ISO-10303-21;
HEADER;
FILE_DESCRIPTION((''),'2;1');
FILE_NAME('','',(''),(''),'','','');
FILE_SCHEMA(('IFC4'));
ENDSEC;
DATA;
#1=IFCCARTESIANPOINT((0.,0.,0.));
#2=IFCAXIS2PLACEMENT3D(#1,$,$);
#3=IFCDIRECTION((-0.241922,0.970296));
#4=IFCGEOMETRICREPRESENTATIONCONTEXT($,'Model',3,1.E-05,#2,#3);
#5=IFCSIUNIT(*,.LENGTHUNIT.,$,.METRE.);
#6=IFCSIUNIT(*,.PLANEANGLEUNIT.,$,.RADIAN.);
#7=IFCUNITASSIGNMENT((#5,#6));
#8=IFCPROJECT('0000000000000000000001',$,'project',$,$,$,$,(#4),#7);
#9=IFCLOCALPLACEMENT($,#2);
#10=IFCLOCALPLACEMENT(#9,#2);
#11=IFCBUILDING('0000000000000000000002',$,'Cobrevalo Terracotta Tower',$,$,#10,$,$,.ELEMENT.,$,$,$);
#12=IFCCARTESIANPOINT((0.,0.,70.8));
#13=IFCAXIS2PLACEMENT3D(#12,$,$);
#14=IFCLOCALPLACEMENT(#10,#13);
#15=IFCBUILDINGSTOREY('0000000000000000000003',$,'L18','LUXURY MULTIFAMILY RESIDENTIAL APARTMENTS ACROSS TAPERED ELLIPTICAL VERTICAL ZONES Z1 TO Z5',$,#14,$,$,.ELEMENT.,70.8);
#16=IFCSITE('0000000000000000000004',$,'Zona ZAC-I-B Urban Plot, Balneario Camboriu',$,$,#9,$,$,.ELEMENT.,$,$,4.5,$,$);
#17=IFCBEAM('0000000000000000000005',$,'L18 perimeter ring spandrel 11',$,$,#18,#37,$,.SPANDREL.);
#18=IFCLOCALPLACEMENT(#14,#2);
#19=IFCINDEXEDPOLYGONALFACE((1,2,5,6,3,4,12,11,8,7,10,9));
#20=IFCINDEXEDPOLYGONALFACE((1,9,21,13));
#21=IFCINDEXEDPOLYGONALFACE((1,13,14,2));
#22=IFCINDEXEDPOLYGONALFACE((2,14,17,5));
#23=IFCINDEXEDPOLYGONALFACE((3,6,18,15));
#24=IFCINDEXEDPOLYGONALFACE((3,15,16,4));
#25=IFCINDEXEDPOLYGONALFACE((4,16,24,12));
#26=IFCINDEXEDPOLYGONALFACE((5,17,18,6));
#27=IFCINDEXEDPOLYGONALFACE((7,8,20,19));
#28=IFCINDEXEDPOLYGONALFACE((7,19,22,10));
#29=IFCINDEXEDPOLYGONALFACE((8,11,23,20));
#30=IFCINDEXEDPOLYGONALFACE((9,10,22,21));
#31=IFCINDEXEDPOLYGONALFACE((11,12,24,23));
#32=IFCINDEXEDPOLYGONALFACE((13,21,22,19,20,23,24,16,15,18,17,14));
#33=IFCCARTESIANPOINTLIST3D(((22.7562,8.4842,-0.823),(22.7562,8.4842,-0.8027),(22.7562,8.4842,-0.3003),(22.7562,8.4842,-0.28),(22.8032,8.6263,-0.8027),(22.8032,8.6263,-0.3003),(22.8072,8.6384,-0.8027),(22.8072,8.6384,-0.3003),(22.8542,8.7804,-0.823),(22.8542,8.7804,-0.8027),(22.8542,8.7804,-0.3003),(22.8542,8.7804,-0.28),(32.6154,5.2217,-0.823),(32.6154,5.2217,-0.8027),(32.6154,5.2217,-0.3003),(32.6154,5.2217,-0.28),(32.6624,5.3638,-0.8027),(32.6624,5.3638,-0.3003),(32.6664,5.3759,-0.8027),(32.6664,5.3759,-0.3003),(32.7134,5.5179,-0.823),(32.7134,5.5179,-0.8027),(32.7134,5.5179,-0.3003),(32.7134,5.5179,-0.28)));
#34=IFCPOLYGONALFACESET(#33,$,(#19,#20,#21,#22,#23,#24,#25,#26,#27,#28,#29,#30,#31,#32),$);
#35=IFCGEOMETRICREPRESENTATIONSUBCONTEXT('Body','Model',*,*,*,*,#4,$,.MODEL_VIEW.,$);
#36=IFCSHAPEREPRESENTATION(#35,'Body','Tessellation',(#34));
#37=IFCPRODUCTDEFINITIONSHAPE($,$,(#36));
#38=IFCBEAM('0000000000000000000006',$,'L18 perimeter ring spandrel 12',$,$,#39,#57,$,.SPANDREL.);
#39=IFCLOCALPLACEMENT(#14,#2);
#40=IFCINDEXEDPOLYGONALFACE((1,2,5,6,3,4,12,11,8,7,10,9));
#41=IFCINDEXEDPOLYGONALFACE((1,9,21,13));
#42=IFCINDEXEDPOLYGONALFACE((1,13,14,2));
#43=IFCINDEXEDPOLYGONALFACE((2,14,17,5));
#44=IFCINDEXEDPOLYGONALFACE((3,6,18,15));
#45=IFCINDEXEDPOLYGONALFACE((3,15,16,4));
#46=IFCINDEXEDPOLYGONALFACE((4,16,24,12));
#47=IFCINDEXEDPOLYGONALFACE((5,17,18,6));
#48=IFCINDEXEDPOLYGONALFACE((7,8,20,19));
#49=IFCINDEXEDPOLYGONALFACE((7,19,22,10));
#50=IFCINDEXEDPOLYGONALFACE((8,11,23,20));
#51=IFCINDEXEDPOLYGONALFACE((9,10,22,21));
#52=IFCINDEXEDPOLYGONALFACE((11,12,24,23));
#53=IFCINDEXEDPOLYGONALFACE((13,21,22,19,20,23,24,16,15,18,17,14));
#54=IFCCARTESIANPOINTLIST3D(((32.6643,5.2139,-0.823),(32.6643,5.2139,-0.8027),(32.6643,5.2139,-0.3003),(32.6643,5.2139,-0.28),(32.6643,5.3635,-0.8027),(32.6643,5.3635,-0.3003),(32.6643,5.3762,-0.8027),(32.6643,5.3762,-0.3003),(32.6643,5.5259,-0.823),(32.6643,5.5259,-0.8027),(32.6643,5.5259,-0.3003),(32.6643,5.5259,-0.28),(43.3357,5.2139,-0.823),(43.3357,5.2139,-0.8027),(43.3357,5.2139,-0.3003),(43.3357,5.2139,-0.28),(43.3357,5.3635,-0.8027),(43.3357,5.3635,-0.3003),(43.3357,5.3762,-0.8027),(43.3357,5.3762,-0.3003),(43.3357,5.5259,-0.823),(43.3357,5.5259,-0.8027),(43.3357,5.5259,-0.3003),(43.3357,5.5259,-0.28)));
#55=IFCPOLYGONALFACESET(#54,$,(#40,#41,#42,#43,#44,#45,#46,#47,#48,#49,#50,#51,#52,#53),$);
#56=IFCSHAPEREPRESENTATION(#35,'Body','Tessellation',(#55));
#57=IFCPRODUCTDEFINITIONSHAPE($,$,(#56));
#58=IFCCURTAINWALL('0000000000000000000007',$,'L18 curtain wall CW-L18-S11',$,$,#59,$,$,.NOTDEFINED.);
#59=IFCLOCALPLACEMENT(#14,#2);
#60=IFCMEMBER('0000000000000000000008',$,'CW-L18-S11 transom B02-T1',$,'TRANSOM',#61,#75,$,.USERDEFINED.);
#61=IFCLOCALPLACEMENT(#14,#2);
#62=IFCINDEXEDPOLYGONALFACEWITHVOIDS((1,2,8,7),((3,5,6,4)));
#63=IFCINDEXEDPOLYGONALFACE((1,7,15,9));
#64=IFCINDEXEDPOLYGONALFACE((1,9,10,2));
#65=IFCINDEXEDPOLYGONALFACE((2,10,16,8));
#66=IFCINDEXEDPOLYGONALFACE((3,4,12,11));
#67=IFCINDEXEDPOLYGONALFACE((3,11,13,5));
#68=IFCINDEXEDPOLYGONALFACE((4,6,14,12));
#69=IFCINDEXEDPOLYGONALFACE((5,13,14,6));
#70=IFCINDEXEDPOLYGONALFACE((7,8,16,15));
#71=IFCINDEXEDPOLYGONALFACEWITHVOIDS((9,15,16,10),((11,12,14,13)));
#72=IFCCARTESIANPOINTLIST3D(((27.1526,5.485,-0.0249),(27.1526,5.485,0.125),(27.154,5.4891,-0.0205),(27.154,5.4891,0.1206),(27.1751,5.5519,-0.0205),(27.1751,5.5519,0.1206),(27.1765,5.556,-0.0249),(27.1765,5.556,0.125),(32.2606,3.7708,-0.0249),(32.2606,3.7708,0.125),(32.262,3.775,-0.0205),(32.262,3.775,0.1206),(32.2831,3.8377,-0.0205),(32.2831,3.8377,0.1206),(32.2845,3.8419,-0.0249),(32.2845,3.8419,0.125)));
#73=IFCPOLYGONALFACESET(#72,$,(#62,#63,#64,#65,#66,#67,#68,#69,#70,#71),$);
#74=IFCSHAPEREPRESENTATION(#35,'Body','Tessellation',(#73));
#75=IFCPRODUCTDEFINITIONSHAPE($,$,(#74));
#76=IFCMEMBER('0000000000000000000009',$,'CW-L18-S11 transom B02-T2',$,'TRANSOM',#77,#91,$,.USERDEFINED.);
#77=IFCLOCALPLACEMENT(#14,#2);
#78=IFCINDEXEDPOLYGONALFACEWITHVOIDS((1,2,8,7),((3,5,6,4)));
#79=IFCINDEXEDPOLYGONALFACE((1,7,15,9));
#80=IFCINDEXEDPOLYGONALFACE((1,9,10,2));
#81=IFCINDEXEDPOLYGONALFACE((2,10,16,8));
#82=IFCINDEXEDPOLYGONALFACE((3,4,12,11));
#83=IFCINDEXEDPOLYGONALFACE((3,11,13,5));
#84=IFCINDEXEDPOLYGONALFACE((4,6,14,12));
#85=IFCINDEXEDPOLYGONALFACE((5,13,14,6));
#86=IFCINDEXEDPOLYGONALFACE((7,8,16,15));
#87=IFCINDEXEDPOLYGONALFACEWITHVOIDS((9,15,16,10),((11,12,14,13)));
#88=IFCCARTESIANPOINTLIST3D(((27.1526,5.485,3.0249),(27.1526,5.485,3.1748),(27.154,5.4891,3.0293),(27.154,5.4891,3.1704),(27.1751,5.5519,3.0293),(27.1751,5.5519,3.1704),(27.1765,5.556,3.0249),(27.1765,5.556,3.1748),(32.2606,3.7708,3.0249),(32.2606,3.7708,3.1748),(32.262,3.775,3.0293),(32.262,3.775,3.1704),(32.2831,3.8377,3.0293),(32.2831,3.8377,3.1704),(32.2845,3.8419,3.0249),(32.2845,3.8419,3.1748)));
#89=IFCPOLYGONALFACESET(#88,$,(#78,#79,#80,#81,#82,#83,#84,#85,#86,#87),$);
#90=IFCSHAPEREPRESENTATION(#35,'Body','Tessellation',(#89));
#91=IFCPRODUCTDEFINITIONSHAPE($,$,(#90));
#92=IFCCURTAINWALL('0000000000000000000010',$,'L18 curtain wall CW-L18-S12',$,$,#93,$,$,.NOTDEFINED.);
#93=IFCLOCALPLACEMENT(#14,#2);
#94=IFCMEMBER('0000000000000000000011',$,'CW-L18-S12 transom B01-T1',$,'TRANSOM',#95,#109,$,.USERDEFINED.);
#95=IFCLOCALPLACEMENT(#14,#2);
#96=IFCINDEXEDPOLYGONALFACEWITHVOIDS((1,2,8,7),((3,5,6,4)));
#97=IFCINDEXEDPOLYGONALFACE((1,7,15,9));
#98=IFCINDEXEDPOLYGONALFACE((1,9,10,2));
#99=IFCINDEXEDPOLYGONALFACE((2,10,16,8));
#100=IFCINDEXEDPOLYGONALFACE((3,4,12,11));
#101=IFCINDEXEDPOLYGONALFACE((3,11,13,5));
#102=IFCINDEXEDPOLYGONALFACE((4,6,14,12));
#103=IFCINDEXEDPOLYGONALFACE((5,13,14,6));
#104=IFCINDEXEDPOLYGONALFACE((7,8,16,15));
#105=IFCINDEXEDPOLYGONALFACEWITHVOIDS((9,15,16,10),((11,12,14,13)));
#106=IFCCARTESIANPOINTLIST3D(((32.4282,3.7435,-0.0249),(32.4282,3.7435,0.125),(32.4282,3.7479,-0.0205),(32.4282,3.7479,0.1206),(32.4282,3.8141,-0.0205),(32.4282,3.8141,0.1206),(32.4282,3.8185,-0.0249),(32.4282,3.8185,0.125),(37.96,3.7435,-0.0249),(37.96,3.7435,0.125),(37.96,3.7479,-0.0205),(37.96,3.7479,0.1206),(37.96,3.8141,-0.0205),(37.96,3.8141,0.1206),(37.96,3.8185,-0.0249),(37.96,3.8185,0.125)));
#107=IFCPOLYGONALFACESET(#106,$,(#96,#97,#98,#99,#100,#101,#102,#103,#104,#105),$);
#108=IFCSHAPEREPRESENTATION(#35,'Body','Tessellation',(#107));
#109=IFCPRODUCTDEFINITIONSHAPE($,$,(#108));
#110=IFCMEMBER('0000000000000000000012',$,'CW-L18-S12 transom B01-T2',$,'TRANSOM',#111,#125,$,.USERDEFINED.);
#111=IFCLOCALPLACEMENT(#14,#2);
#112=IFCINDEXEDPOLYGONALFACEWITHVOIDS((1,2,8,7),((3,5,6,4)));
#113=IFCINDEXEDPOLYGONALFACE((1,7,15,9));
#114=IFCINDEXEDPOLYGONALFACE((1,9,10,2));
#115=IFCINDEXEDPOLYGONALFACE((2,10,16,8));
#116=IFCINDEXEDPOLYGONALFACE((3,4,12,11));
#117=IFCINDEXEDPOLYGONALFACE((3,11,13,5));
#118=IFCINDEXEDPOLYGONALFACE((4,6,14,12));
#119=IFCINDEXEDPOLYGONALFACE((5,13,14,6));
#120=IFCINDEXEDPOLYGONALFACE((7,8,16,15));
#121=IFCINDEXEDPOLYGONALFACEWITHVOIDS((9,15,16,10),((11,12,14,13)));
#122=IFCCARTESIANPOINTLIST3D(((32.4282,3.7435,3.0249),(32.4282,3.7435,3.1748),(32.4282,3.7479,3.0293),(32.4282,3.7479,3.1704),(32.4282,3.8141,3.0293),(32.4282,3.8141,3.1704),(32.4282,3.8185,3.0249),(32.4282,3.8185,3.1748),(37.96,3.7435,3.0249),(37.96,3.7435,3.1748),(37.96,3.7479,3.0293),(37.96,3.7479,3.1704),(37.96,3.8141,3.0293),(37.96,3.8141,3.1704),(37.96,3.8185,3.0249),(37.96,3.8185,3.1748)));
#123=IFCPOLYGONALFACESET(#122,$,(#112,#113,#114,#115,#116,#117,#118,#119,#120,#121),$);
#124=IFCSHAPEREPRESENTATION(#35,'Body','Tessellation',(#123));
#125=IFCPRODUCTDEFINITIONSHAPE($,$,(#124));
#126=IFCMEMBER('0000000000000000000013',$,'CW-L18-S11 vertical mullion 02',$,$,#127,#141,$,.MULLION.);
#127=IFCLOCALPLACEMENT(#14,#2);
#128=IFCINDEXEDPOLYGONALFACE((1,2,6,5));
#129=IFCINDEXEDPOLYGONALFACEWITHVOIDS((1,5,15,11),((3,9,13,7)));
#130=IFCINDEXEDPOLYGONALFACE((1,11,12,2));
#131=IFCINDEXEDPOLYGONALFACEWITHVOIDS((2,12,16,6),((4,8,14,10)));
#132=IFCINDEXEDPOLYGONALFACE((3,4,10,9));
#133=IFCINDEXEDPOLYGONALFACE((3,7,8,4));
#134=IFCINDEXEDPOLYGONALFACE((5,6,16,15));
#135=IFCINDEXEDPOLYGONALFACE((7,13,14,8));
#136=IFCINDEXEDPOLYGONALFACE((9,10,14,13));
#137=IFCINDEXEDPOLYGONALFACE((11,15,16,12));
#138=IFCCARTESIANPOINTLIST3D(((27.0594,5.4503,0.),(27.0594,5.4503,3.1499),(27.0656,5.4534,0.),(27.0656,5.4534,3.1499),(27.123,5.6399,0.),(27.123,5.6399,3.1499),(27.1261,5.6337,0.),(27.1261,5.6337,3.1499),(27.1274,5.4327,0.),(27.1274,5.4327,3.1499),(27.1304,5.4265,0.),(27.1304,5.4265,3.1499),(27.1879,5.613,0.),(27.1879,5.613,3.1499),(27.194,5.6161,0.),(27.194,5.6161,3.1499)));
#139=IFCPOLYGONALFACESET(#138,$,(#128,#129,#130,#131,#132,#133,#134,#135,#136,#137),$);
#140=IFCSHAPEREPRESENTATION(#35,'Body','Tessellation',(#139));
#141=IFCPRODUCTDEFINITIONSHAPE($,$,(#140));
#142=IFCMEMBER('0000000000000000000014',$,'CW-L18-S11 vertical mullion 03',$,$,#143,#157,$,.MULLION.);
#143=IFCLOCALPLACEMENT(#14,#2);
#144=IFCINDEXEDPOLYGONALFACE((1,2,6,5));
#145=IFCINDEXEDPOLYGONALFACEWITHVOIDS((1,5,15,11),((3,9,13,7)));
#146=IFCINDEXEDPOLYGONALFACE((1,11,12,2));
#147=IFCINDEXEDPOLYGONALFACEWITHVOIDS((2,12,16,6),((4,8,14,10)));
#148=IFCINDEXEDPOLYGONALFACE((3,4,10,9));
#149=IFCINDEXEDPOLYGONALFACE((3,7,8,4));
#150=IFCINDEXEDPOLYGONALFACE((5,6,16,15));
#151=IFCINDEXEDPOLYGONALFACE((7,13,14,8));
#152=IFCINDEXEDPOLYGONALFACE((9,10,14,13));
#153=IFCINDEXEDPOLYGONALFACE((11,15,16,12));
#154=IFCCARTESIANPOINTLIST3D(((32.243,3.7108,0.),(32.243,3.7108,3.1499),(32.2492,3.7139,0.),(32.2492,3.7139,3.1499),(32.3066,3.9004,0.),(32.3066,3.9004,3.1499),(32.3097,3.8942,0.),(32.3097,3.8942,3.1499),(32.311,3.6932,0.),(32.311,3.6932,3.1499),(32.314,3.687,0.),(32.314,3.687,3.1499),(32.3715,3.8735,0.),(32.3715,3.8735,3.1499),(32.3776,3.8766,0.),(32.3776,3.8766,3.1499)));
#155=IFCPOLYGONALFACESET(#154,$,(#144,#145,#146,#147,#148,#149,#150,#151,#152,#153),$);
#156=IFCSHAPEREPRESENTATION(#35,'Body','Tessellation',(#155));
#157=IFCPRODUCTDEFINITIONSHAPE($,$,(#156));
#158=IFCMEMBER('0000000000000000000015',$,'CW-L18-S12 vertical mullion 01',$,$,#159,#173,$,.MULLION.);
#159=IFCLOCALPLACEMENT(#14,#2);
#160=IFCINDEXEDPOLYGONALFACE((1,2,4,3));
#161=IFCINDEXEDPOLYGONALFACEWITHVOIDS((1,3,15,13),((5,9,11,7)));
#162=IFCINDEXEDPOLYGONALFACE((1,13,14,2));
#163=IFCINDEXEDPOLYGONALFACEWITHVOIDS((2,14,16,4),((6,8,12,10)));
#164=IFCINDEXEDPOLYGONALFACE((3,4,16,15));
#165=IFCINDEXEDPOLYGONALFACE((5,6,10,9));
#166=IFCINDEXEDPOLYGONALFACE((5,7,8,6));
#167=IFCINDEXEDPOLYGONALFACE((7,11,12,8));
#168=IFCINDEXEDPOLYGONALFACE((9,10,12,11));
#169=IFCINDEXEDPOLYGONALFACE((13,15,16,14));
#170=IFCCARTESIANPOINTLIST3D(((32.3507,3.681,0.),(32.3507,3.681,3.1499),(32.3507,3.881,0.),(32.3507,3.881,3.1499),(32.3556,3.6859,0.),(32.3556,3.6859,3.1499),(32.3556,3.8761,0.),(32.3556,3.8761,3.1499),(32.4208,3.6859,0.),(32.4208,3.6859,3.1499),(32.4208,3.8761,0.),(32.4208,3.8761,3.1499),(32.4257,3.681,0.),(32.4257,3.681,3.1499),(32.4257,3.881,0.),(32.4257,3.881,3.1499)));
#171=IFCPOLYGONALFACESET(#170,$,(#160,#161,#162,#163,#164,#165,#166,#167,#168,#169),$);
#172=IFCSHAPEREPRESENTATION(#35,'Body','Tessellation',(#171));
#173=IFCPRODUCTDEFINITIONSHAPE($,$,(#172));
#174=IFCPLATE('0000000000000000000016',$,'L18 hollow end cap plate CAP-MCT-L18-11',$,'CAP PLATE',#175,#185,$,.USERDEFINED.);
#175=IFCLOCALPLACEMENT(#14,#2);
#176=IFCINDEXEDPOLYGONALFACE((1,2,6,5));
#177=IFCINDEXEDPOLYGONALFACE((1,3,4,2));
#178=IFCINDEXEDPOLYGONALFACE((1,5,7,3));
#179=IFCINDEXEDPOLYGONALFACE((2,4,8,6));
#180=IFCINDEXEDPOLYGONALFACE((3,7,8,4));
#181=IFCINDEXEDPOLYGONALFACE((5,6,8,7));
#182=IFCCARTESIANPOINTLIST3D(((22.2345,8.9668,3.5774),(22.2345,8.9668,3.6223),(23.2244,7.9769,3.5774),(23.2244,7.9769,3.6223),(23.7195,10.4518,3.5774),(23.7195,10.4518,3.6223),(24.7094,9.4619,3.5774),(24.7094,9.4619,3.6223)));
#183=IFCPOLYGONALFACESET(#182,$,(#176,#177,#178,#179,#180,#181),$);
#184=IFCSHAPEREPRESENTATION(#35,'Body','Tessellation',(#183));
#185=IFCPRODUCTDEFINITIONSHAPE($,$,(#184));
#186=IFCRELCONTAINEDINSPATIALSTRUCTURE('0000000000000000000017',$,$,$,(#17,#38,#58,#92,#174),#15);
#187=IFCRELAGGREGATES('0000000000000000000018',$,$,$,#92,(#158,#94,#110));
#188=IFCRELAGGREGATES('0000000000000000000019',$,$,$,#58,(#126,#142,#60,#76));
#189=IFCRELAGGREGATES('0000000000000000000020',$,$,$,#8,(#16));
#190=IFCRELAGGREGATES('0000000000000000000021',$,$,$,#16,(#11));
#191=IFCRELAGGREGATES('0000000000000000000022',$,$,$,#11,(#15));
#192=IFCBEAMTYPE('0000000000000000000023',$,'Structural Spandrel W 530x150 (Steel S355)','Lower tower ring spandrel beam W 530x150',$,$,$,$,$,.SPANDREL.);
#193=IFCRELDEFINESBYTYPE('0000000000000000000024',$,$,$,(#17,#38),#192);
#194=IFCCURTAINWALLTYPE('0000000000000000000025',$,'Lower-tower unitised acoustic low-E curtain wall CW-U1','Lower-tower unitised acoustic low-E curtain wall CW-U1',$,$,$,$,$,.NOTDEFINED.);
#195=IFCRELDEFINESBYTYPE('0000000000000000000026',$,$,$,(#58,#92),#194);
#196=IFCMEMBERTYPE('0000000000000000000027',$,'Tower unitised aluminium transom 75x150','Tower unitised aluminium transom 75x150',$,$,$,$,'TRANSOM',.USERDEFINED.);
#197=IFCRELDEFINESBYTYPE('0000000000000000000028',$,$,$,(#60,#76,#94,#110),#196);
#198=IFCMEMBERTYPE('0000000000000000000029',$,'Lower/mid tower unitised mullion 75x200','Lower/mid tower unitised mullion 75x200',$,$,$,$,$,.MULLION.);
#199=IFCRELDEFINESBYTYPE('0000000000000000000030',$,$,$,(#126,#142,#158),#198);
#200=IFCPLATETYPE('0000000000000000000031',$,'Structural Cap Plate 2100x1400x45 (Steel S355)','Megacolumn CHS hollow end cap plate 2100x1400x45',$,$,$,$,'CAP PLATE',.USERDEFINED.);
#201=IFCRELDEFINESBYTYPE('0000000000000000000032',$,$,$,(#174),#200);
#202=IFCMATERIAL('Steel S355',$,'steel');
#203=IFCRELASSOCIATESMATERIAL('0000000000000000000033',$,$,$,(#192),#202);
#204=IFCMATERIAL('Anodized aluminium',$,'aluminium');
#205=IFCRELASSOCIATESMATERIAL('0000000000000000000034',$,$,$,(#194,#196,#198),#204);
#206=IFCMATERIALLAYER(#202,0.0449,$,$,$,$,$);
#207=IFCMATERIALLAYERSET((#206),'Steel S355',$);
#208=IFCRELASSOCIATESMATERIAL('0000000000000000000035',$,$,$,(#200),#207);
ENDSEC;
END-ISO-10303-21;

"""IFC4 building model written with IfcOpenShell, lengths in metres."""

from ifc_helpers import new_model, si_unit, direction, frame, origin, origin_2d, place, context, subcontext, project, spatial, rectangle, hollow_rectangle, i_section, extrude, source, transform, mapped, material, layer, layer_set, material_profile, profile_set, type_object, element, aggregate, save


model = new_model("IFC4")

# Units and contexts
model_context = context("Model", 3, precision=1e-05, world=origin(), true_north=direction((-0.241922, 0.970296)))
body_context = subcontext(model_context, "Body", "Model", "MODEL_VIEW")
ifc_project = project(units=[si_unit("LENGTHUNIT", "METRE"), si_unit("PLANEANGLEUNIT", "RADIAN")], contexts=[model_context])

# Site, building, storey
site_placement = place(None, origin())
site = spatial("IfcSite", under=ifc_project, at=site_placement, Name="Zona ZAC-I-B Urban Plot, Balneario Camboriu", CompositionType="ELEMENT", RefElevation=4.5)
building_placement = place(site_placement, origin())
building = spatial("IfcBuilding", under=site, at=building_placement, Name="Cobrevalo Terracotta Tower", CompositionType="ELEMENT")
storey_placement = place(building_placement, frame((0.0, 0.0, 70.8)))
storey = spatial("IfcBuildingStorey", under=building, at=storey_placement, Name="L18", Description="LUXURY MULTIFAMILY RESIDENTIAL APARTMENTS ACROSS TAPERED ELLIPTICAL VERTICAL ZONES Z1 TO Z5", CompositionType="ELEMENT", Elevation=70.8)

# Shared definitions
ifc_material_1 = material(Name="Steel S355", Category="steel")

# Beams
ifc_material_profile_1 = material_profile(ifc_material_1, i_section(OverallWidth=0.312, OverallDepth=0.543, WebThickness=0.0127, FlangeThickness=0.0203, at=origin_2d()), Name="W 530x150")
ifc_profile_set_1 = profile_set([ifc_material_profile_1], Name="Steel S355")
beam_type_1 = type_object("IfcBeamType", Name="Structural Spandrel W 530x150 (Steel S355)", Description="Lower tower ring spandrel beam W 530x150", PredefinedType="SPANDREL", material=ifc_profile_set_1)
beam_1_placement = place(storey_placement, frame((22.8052, 8.6323, -0.5515), z_axis=(0.949372, -0.314153, 0.0), x_axis=(0.314153, 0.949372, 0.0)))
element("IfcBeam", 1, at=beam_1_placement, inside=storey, type_object=beam_type_1, Name="L18 perimeter ring spandrel 11", PredefinedType="SPANDREL", context=body_context, shape_type="SweptSolid", body=[
    extrude(i_section(OverallWidth=0.312, OverallDepth=0.543, WebThickness=0.0127, FlangeThickness=0.0203, at=origin_2d()), origin(), (0.0, 0.0, 1.0), 10.385),
])
beam_2_placement = place(storey_placement, frame((32.6643, 5.3699, -0.5515), z_axis=(1.0, 0.0, 0.0), x_axis=(0.0, 1.0, 0.0)))
element("IfcBeam", 2, at=beam_2_placement, inside=storey, type_object=beam_type_1, Name="L18 perimeter ring spandrel 12", PredefinedType="SPANDREL", context=body_context, shape_type="SweptSolid", body=[
    extrude(i_section(OverallWidth=0.312, OverallDepth=0.543, WebThickness=0.0127, FlangeThickness=0.0203, at=origin_2d()), origin(), (0.0, 0.0, 1.0), 10.6714),
])

# Curtain walls, members
ifc_material_2 = material(Name="Anodized aluminium", Category="aluminium")
curtain_wall_type = type_object("IfcCurtainWallType", Name="Lower-tower unitised acoustic low-E curtain wall CW-U1", Description="Lower-tower unitised acoustic low-E curtain wall CW-U1", PredefinedType="NOTDEFINED", material=ifc_material_2)
curtain_wall_1_placement = place(storey_placement, origin())
curtain_wall_1 = element("IfcCurtainWall", 3, at=curtain_wall_1_placement, inside=storey, type_object=curtain_wall_type, Name="L18 curtain wall CW-L18-S11", PredefinedType="NOTDEFINED")
ifc_material_profile_2 = material_profile(ifc_material_2, hollow_rectangle(XDim=0.075, YDim=0.1499, WallThickness=0.0044, at=origin_2d()), Name="CWT 75x150")
ifc_profile_set_2 = profile_set([ifc_material_profile_2], Name="Anodized aluminium")
member_type_1 = type_object("IfcMemberType", Name="Tower unitised aluminium transom 75x150", Description="Tower unitised aluminium transom 75x150", ElementType="TRANSOM", PredefinedType="USERDEFINED", material=ifc_profile_set_2)
shared_shape_1 = source(origin(), body_context, "Body", "SweptSolid", [
    extrude(hollow_rectangle(XDim=0.075, YDim=0.1499, WallThickness=0.0044, at=origin_2d()), origin(), (0.0, 0.0, 1.0), 5.3879),
])
member_1_placement = place(storey_placement, frame((27.1646, 5.5205, 0.05), z_axis=(0.948042, -0.318144, 0.0), x_axis=(0.318144, 0.948042, 0.0)))
member_1 = element("IfcMember", 4, at=member_1_placement, type_object=member_type_1, Name="CW-L18-S11 transom B02-T1", ObjectType="TRANSOM", PredefinedType="USERDEFINED", context=body_context, shape_type="MappedRepresentation", body=[
    mapped(shared_shape_1, transform((0.0, 0.0, 0.0), scale=1.0)),
])
member_2_placement = place(storey_placement, frame((27.1646, 5.5205, 3.0999), z_axis=(0.948042, -0.318144, 0.0), x_axis=(0.318144, 0.948042, 0.0)))
member_2 = element("IfcMember", 5, at=member_2_placement, type_object=member_type_1, Name="CW-L18-S11 transom B02-T2", ObjectType="TRANSOM", PredefinedType="USERDEFINED", context=body_context, shape_type="MappedRepresentation", body=[
    mapped(shared_shape_1, transform((0.0, 0.0, 0.0), scale=1.0)),
])
curtain_wall_2_placement = place(storey_placement, origin())
curtain_wall_2 = element("IfcCurtainWall", 6, at=curtain_wall_2_placement, inside=storey, type_object=curtain_wall_type, Name="L18 curtain wall CW-L18-S12", PredefinedType="NOTDEFINED")
shared_shape_2 = source(origin(), body_context, "Body", "SweptSolid", [
    extrude(hollow_rectangle(XDim=0.075, YDim=0.1499, WallThickness=0.0044, at=origin_2d()), origin(), (0.0, 0.0, 1.0), 5.5317),
])
member_3_placement = place(storey_placement, frame((32.4282, 3.781, 0.05), z_axis=(1.0, 0.0, 0.0), x_axis=(0.0, 1.0, 0.0)))
member_3 = element("IfcMember", 7, at=member_3_placement, type_object=member_type_1, Name="CW-L18-S12 transom B01-T1", ObjectType="TRANSOM", PredefinedType="USERDEFINED", context=body_context, shape_type="MappedRepresentation", body=[
    mapped(shared_shape_2, transform((0.0, 0.0, 0.0), scale=1.0)),
])
member_4_placement = place(storey_placement, frame((32.4282, 3.781, 3.0999), z_axis=(1.0, 0.0, 0.0), x_axis=(0.0, 1.0, 0.0)))
member_4 = element("IfcMember", 8, at=member_4_placement, type_object=member_type_1, Name="CW-L18-S12 transom B01-T2", ObjectType="TRANSOM", PredefinedType="USERDEFINED", context=body_context, shape_type="MappedRepresentation", body=[
    mapped(shared_shape_2, transform((0.0, 0.0, 0.0), scale=1.0)),
])

# Members
ifc_material_profile_3 = material_profile(ifc_material_2, hollow_rectangle(XDim=0.075, YDim=0.2, WallThickness=0.0049, at=origin_2d()), Name="CWM 75x200")
ifc_profile_set_3 = profile_set([ifc_material_profile_3], Name="Anodized aluminium")
member_type_2 = type_object("IfcMemberType", Name="Lower/mid tower unitised mullion 75x200", Description="Lower/mid tower unitised mullion 75x200", PredefinedType="MULLION", material=ifc_profile_set_3)
shared_shape_3 = source(origin(), body_context, "Body", "SweptSolid", [
    extrude(hollow_rectangle(XDim=0.075, YDim=0.2, WallThickness=0.0049, at=origin_2d()), origin(), (0.0, 0.0, 1.0), 3.1499),
])
member_5_placement = place(storey_placement, frame((27.1267, 5.5332, 0.0), z_axis=(0.0, 0.0, 1.0), x_axis=(0.948046, -0.318132, 0.0)))
member_5 = element("IfcMember", 9, at=member_5_placement, type_object=member_type_2, Name="CW-L18-S11 vertical mullion 02", PredefinedType="MULLION", context=body_context, shape_type="MappedRepresentation", body=[
    mapped(shared_shape_3, transform((0.0, 0.0, 0.0), scale=1.0)),
])
member_6_placement = place(storey_placement, frame((32.3103, 3.7937, 0.0), z_axis=(0.0, 0.0, 1.0), x_axis=(0.948046, -0.318132, 0.0)))
member_6 = element("IfcMember", 10, at=member_6_placement, type_object=member_type_2, Name="CW-L18-S11 vertical mullion 03", PredefinedType="MULLION", context=body_context, shape_type="MappedRepresentation", body=[
    mapped(shared_shape_3, transform((0.0, 0.0, 0.0), scale=1.0)),
])
member_7_placement = place(storey_placement, frame((32.3882, 3.781, 0.0), z_axis=(0.0, 0.0, 1.0), x_axis=(1.0, 0.0, 0.0)))
member_7 = element("IfcMember", 11, at=member_7_placement, type_object=member_type_2, Name="CW-L18-S12 vertical mullion 01", PredefinedType="MULLION", context=body_context, shape_type="MappedRepresentation", body=[
    mapped(shared_shape_3, transform((0.0, 0.0, 0.0), scale=1.0)),
])
aggregate(curtain_wall_2, [member_7, member_3, member_4])

# Plate
ifc_layer_1 = layer(ifc_material_1, 0.0449)
ifc_layer_set_1 = layer_set([ifc_layer_1], Name="Steel S355")
plate_type_1 = type_object("IfcPlateType", Name="Structural Cap Plate 2100x1400x45 (Steel S355)", Description="Megacolumn CHS hollow end cap plate 2100x1400x45", ElementType="CAP PLATE", PredefinedType="USERDEFINED", material=ifc_layer_set_1)
shared_shape_4 = source(origin(), body_context, "Body", "SweptSolid", [
    extrude(rectangle(XDim=2.1001, YDim=1.3999, at=origin_2d()), origin(), (0.0, 0.0, 1.0), 0.0449),
])
for number, where, z_axis, x_axis, name in (
    (12, (23.4719, 9.2144, 3.5774), (0.0, 0.0, 1.0), (-0.707107, -0.707107, 0.0), "L18 hollow end cap plate CAP-MCT-L18-11"),
):
    element("IfcPlate", number, at=place(storey_placement, frame(where, z_axis=z_axis, x_axis=x_axis)), inside=storey, type_object=plate_type_1, Name=name, ObjectType="CAP PLATE", PredefinedType="USERDEFINED", context=body_context, shape_type="MappedRepresentation", body=[
        mapped(shared_shape_4, transform((0.0, 0.0, 0.0), scale=1.0)),
    ])

aggregate(curtain_wall_1, [member_5, member_6, member_1, member_2])

save(model, "model.ifc")
